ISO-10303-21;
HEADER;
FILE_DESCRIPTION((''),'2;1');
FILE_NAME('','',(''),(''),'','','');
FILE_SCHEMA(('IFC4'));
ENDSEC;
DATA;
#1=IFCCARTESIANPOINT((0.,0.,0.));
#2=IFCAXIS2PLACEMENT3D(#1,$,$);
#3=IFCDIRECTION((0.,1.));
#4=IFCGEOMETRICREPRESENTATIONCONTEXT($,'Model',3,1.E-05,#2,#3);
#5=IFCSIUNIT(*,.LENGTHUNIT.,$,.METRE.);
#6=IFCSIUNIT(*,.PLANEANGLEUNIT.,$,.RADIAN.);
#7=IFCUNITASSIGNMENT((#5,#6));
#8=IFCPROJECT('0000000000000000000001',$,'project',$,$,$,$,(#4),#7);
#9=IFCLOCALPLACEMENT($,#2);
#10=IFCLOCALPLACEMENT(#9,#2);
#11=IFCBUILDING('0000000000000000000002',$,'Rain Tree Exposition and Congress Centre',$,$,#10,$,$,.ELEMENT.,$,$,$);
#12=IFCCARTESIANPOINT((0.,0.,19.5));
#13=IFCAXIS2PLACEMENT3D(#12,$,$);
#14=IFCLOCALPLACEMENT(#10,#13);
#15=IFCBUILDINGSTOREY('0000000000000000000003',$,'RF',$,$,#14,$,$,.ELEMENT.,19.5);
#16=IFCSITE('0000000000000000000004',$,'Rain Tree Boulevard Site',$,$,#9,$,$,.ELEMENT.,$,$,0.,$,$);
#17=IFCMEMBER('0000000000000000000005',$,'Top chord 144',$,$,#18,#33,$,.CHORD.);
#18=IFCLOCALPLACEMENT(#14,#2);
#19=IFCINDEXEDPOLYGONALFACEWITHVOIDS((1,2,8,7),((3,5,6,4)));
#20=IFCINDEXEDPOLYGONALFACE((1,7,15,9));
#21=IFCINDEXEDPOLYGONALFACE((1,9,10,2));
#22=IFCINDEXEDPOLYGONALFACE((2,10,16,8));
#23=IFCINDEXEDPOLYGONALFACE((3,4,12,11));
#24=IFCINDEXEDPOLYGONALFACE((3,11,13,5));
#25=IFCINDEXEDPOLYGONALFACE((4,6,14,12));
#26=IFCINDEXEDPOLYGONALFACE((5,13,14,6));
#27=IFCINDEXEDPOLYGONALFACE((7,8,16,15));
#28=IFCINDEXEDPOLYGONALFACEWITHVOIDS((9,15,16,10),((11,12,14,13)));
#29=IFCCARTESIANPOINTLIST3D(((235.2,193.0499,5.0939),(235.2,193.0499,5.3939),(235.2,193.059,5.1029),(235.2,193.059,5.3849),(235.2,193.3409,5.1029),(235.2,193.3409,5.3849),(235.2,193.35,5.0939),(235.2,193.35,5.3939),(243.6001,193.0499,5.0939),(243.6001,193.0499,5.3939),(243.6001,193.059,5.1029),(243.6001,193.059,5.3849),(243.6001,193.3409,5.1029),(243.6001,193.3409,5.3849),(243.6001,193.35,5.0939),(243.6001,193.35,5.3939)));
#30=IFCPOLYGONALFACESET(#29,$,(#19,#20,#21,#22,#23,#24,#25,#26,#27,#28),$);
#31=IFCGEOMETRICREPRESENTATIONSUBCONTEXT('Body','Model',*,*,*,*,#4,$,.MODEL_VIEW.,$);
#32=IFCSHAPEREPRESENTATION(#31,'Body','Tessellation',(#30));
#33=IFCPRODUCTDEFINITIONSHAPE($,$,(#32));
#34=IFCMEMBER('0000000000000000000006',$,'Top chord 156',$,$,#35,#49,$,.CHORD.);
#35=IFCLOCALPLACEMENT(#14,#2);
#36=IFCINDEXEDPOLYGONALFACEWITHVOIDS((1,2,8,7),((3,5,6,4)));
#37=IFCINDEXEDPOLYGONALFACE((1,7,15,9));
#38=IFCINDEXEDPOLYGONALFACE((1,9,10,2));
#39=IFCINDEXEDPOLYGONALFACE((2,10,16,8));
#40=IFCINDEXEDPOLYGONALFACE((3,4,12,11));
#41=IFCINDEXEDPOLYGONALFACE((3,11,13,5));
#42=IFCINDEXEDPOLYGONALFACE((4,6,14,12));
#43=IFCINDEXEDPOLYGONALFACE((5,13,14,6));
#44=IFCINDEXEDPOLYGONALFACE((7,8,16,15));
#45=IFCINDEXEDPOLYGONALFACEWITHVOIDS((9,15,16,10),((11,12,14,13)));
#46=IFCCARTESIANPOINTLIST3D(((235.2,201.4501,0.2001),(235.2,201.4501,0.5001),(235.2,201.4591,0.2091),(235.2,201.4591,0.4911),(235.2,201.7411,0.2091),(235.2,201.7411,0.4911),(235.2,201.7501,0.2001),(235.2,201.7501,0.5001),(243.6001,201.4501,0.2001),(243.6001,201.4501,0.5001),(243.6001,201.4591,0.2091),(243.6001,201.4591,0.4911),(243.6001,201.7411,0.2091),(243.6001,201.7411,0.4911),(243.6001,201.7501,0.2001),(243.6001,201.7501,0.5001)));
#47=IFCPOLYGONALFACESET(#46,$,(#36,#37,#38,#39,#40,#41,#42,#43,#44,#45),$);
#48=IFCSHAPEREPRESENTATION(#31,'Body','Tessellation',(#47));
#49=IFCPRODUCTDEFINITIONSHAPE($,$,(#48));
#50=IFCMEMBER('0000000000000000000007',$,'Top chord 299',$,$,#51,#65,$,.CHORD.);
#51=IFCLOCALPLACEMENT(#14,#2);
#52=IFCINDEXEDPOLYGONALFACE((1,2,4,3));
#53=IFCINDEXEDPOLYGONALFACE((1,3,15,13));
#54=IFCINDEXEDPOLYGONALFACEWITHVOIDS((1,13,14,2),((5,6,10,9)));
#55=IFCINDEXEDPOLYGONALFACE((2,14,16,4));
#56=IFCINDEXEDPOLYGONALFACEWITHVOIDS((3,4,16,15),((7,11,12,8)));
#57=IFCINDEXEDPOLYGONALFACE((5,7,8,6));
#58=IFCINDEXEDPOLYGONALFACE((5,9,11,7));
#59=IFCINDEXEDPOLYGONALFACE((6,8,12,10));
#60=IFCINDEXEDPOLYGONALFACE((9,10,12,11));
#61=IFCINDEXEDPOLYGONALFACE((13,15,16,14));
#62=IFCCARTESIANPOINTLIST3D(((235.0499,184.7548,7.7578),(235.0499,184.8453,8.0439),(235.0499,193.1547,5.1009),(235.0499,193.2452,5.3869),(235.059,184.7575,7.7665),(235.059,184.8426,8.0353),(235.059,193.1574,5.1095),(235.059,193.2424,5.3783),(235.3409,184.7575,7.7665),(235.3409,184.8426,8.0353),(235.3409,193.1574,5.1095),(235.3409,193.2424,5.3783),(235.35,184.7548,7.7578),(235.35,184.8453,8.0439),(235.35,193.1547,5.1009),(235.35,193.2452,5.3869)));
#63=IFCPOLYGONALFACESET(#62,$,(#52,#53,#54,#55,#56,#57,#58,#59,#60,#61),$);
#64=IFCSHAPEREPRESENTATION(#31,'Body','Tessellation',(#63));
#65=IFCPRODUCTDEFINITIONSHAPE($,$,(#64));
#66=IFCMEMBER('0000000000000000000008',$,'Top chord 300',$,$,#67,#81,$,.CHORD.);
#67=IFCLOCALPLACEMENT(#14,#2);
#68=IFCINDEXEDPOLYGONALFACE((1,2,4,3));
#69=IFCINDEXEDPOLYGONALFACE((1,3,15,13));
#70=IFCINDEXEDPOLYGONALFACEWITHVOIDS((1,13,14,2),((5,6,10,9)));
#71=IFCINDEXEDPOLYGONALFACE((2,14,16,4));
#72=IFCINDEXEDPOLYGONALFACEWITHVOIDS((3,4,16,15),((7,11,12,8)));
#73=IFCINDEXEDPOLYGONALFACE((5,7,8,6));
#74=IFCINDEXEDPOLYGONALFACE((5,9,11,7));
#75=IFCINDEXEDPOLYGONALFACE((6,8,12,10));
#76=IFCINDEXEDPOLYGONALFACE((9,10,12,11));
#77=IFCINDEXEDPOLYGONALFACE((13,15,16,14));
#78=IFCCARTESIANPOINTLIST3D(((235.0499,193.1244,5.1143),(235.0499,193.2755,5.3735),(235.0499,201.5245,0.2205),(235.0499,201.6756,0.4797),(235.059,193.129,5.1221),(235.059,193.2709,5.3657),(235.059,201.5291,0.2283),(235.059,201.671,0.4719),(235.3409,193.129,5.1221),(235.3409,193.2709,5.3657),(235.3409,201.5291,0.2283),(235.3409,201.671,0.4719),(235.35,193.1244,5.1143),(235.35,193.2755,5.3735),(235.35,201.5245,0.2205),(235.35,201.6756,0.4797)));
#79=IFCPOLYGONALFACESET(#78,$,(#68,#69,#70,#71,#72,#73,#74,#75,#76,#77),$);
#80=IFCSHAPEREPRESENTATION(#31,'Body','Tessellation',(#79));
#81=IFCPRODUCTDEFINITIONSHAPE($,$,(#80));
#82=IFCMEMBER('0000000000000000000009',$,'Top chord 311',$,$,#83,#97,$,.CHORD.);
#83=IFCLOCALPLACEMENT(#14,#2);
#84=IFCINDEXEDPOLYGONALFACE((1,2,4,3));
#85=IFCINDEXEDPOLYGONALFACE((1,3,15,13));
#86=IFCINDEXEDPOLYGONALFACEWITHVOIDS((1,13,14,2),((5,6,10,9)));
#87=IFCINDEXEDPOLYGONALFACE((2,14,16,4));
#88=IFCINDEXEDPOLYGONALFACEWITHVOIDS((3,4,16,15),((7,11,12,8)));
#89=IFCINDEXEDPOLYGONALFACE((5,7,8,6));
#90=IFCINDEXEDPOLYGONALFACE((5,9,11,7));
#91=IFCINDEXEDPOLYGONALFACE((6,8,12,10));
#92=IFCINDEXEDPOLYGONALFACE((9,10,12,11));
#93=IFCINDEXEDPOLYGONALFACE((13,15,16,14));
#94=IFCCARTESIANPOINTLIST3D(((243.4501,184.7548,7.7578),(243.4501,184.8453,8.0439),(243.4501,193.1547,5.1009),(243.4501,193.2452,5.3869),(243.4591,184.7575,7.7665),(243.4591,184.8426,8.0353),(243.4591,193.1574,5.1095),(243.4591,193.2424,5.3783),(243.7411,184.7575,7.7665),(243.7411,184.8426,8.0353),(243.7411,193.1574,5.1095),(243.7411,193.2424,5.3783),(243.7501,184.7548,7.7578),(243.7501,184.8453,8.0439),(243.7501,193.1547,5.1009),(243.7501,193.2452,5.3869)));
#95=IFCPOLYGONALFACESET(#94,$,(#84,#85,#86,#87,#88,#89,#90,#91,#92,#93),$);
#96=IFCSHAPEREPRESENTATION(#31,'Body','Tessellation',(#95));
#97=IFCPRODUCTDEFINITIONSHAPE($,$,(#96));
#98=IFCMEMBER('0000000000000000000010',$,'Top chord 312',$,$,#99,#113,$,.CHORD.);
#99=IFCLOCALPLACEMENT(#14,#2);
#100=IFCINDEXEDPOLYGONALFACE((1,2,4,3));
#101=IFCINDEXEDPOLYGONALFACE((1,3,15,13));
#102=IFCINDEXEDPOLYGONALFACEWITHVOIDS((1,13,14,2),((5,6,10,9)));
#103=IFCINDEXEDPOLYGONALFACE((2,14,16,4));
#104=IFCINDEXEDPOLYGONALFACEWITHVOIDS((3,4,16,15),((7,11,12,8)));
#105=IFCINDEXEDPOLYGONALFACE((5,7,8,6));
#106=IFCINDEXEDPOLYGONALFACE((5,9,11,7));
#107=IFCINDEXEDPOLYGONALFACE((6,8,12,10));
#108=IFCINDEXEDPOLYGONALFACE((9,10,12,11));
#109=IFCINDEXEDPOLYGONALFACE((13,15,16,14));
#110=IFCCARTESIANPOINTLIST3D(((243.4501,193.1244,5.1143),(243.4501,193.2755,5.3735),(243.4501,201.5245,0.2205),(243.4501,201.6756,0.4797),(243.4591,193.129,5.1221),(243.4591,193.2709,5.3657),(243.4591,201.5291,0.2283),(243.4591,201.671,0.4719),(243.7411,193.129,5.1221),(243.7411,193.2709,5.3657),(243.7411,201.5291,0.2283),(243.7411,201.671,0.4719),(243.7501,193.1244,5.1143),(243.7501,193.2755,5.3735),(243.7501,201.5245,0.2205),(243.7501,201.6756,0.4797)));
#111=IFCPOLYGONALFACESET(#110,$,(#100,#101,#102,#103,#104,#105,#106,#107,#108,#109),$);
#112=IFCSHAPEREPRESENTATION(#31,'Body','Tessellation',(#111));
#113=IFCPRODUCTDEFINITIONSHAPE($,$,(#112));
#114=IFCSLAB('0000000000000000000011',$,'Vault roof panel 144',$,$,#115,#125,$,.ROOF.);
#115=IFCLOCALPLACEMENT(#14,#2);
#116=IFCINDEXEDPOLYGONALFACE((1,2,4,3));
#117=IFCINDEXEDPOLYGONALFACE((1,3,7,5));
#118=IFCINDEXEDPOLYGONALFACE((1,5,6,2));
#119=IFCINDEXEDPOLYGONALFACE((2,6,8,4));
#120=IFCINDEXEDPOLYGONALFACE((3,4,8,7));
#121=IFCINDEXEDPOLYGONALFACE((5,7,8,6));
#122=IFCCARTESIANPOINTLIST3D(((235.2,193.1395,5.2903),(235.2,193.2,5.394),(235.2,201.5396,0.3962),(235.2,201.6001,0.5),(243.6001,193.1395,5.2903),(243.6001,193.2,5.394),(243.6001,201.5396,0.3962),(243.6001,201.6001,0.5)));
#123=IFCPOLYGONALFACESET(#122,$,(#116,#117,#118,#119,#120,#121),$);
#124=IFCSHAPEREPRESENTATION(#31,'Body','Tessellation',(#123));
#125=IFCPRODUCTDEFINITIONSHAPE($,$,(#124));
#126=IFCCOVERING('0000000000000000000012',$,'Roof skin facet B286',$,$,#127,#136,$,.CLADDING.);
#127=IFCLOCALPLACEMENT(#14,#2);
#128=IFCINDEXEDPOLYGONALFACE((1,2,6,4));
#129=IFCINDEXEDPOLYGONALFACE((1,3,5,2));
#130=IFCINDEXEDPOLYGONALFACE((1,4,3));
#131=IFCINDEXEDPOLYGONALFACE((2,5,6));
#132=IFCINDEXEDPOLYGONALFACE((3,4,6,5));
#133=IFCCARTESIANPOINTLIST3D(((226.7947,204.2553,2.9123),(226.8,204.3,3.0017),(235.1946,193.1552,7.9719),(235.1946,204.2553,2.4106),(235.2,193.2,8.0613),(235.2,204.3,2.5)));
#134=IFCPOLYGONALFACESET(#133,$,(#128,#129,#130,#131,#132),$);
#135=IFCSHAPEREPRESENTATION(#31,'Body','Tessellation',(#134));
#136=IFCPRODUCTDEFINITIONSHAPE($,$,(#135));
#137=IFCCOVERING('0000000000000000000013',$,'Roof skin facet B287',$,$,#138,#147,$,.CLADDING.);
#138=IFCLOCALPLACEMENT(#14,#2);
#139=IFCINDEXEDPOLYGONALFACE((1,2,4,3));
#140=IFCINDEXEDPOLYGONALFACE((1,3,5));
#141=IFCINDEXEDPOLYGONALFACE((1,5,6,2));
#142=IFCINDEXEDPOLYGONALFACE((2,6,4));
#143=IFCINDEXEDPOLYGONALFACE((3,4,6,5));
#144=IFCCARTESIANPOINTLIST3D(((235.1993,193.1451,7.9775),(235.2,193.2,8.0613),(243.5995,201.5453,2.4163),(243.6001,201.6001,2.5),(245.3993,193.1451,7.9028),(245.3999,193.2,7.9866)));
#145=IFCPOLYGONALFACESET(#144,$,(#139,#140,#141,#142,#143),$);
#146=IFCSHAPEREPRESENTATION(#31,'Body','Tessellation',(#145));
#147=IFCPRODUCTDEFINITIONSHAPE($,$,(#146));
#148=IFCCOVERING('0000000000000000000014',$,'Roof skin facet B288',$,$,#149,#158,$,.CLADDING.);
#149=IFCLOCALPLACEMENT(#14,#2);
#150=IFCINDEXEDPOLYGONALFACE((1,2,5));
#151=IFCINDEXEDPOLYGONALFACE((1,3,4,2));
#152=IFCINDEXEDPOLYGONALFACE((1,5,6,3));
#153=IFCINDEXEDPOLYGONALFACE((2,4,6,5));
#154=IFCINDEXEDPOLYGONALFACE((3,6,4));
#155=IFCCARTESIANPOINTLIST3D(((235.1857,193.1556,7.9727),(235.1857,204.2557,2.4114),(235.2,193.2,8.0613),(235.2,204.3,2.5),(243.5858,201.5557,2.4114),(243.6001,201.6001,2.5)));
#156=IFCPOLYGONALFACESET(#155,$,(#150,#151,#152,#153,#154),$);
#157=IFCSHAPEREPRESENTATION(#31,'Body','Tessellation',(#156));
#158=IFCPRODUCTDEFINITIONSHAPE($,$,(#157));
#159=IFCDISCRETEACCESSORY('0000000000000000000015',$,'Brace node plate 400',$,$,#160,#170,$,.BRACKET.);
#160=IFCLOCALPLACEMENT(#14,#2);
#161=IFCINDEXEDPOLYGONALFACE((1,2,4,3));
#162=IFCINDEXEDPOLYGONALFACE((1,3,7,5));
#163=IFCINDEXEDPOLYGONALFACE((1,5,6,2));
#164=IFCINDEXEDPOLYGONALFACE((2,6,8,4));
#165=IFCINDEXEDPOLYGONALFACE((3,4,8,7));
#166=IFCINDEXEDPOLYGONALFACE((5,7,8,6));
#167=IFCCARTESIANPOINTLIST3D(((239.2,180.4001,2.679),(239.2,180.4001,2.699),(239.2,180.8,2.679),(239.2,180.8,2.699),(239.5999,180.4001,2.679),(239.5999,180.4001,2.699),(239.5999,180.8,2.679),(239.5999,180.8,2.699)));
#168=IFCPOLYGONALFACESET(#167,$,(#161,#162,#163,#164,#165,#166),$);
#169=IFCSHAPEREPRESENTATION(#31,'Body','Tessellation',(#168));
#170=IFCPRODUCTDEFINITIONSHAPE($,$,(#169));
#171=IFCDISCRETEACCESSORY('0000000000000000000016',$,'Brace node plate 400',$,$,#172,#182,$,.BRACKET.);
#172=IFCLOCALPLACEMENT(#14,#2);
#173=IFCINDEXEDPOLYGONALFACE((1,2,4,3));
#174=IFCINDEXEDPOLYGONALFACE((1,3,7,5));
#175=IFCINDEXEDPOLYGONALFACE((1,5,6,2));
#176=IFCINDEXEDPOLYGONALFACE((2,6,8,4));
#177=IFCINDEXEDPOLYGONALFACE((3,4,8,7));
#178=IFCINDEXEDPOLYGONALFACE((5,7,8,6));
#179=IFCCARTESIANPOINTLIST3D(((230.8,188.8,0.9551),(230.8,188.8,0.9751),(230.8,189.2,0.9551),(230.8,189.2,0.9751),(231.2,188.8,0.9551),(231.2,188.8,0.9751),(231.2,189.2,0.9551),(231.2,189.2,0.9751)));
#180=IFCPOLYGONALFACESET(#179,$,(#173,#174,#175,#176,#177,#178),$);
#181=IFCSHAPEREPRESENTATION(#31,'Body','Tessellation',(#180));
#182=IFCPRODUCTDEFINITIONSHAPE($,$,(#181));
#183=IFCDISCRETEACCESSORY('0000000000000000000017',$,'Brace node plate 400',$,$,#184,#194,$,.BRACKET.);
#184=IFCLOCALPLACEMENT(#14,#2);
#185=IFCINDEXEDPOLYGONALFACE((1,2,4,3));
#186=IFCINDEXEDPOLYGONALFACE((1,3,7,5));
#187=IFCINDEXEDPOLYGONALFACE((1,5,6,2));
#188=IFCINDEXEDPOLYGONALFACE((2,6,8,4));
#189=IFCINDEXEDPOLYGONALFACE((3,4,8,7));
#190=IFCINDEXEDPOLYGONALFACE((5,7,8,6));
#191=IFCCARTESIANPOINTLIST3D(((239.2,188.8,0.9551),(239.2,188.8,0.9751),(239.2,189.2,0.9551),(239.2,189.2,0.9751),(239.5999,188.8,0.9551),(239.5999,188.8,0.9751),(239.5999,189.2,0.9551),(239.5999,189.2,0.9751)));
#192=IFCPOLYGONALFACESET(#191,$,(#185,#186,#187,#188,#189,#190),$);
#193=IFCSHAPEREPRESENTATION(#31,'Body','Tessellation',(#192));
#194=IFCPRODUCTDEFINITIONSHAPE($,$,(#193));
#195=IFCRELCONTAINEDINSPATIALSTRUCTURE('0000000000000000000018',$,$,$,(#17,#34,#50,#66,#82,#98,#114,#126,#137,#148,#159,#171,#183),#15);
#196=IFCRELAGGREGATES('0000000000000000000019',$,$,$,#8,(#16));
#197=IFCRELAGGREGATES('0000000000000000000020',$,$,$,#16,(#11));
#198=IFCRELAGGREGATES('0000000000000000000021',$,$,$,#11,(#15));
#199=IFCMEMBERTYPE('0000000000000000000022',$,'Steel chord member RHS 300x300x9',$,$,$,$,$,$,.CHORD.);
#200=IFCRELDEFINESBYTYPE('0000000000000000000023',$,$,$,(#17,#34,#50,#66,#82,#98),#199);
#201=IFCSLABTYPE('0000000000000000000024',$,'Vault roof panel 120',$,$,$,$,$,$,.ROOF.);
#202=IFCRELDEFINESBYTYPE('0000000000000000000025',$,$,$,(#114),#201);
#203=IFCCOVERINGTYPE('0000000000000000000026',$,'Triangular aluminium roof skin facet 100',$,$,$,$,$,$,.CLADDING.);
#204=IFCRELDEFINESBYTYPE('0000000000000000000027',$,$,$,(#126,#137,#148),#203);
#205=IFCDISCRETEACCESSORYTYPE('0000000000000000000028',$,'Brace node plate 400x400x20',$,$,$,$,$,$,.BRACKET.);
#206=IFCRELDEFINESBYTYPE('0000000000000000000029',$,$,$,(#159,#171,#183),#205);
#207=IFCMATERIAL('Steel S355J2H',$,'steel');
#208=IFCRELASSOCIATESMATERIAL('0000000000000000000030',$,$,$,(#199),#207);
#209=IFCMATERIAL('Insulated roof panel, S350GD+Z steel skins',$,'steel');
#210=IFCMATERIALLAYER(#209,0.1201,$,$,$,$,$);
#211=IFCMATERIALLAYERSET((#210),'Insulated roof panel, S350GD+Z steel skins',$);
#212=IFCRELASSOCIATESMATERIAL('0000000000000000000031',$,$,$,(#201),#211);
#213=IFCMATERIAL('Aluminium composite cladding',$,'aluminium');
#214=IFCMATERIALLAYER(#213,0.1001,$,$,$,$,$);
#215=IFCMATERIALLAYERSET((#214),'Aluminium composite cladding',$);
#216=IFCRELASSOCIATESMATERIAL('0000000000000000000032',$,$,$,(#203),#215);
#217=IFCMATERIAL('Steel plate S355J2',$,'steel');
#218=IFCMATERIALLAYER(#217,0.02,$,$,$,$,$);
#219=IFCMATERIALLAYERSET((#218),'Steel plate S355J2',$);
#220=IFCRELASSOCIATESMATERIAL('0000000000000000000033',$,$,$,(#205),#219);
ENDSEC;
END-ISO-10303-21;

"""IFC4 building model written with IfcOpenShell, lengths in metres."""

from ifc_helpers import new_model, si_unit, direction, frame, origin, origin_2d, place, context, subcontext, project, spatial, polyline, rectangle, hollow_rectangle, outline, extrude, material, layer, layer_set, material_profile, profile_set, type_object, element, save


model = new_model("IFC4")

# Units and contexts
model_context = context("Model", 3, precision=1e-05, world=origin(), true_north=direction((0.0, 1.0)))
body_context = subcontext(model_context, "Body", "Model", "MODEL_VIEW")
ifc_project = project(units=[si_unit("LENGTHUNIT", "METRE"), si_unit("PLANEANGLEUNIT", "RADIAN")], contexts=[model_context])

# Site, building, storey
site_placement = place(None, origin())
site = spatial("IfcSite", under=ifc_project, at=site_placement, Name="Rain Tree Boulevard Site", CompositionType="ELEMENT", RefElevation=0.0)
building_placement = place(site_placement, origin())
building = spatial("IfcBuilding", under=site, at=building_placement, Name="Rain Tree Exposition and Congress Centre", CompositionType="ELEMENT")
storey_placement = place(building_placement, frame((0.0, 0.0, 19.5)))
storey = spatial("IfcBuildingStorey", under=building, at=storey_placement, Name="RF", CompositionType="ELEMENT", Elevation=19.5)

# Members
ifc_material_1 = material(Name="Steel S355J2H", Category="steel")
ifc_material_profile_1 = material_profile(ifc_material_1, hollow_rectangle(XDim=0.3, YDim=0.3, WallThickness=0.009, at=origin_2d()), Name="RHS 300x300x9")
ifc_profile_set_1 = profile_set([ifc_material_profile_1], Name="Steel S355J2H")
member_type_1 = type_object("IfcMemberType", Name="Steel chord member RHS 300x300x9", PredefinedType="CHORD", material=ifc_profile_set_1)
for number, where, z_axis, x_axis, name in (
    (1, (235.2, 193.2, 5.2439), (1.0, 0.0, 0.0), (0.0, 1.0, 0.0), "Top chord 144"),
    (2, (235.2, 201.6001, 0.3501), (1.0, 0.0, 0.0), (0.0, 1.0, 0.0), "Top chord 156"),
):
    element("IfcMember", number, at=place(storey_placement, frame(where, z_axis=z_axis, x_axis=x_axis)), inside=storey, type_object=member_type_1, Name=name, PredefinedType="CHORD", context=body_context, shape_type="SweptSolid", body=[
        extrude(hollow_rectangle(XDim=0.3, YDim=0.3, WallThickness=0.009, at=origin_2d()), origin(), (0.0, 0.0, 1.0), 8.4001),
    ])
member_1_placement = place(storey_placement, frame((235.2, 184.8, 7.9009), z_axis=(0.0, 0.95344, -0.301584), x_axis=(-1.0, 0.0, 0.0)))
element("IfcMember", 3, at=member_1_placement, inside=storey, type_object=member_type_1, Name="Top chord 299", PredefinedType="CHORD", context=body_context, shape_type="SweptSolid", body=[
    extrude(hollow_rectangle(XDim=0.3, YDim=0.3, WallThickness=0.009, at=origin_2d()), origin(), (0.0, 0.0, 1.0), 8.8101),
])
member_2_placement = place(storey_placement, frame((235.2, 193.2, 5.2439), z_axis=(0.0, 0.86406, -0.503388), x_axis=(-1.0, 0.0, 0.0)))
element("IfcMember", 4, at=member_2_placement, inside=storey, type_object=member_type_1, Name="Top chord 300", PredefinedType="CHORD", context=body_context, shape_type="SweptSolid", body=[
    extrude(hollow_rectangle(XDim=0.3, YDim=0.3, WallThickness=0.009, at=origin_2d()), origin(), (0.0, 0.0, 1.0), 9.7217),
])
member_3_placement = place(storey_placement, frame((243.6001, 184.8, 7.9009), z_axis=(0.0, 0.95344, -0.301584), x_axis=(-1.0, 0.0, 0.0)))
element("IfcMember", 5, at=member_3_placement, inside=storey, type_object=member_type_1, Name="Top chord 311", PredefinedType="CHORD", context=body_context, shape_type="SweptSolid", body=[
    extrude(hollow_rectangle(XDim=0.3, YDim=0.3, WallThickness=0.009, at=origin_2d()), origin(), (0.0, 0.0, 1.0), 8.8101),
])
member_4_placement = place(storey_placement, frame((243.6001, 193.2, 5.2439), z_axis=(0.0, 0.86406, -0.503388), x_axis=(-1.0, 0.0, 0.0)))
element("IfcMember", 6, at=member_4_placement, inside=storey, type_object=member_type_1, Name="Top chord 312", PredefinedType="CHORD", context=body_context, shape_type="SweptSolid", body=[
    extrude(hollow_rectangle(XDim=0.3, YDim=0.3, WallThickness=0.009, at=origin_2d()), origin(), (0.0, 0.0, 1.0), 9.7217),
])

# Slab
ifc_material_2 = material(Name="Insulated roof panel, S350GD+Z steel skins", Category="steel")
ifc_layer_1 = layer(ifc_material_2, 0.1201)
ifc_layer_set_1 = layer_set([ifc_layer_1], Name="Insulated roof panel, S350GD+Z steel skins")
slab_type = type_object("IfcSlabType", Name="Vault roof panel 120", PredefinedType="ROOF", material=ifc_layer_set_1)
slab_placement = place(storey_placement, frame((235.2, 193.2, 5.394), z_axis=(0.0, 0.503407, 0.864049), x_axis=(1.0, 0.0, 0.0)))
element("IfcSlab", 7, at=slab_placement, inside=storey, type_object=slab_type, Name="Vault roof panel 144", PredefinedType="ROOF", context=body_context, shape_type="SweptSolid", body=[
    extrude(outline(polyline([(0.0, 0.0), (8.4001, 0.0), (8.4001, 9.7218), (0.0, 9.7218), (0.0, 0.0)])), origin(), (0.0, 0.0, -1.0), 0.1201),
])

# Coverings
ifc_material_3 = material(Name="Aluminium composite cladding", Category="aluminium")
ifc_layer_2 = layer(ifc_material_3, 0.1001)
ifc_layer_set_2 = layer_set([ifc_layer_2], Name="Aluminium composite cladding")
covering_type = type_object("IfcCoveringType", Name="Triangular aluminium roof skin facet 100", PredefinedType="CLADDING", material=ifc_layer_set_2)
covering_1_placement = place(storey_placement, frame((235.2, 193.2, 8.0613), z_axis=(0.053325, 0.4473, 0.892793), x_axis=(0.0, 0.894065, -0.447937)))
element("IfcCovering", 8, at=covering_1_placement, inside=storey, type_object=covering_type, Name="Roof skin facet B286", PredefinedType="CLADDING", context=body_context, shape_type="SweptSolid", body=[
    extrude(outline(polyline([(0.0, 0.0), (12.4153, 0.0), (12.1906, 8.4119), (0.0, 0.0)])), origin(), (0.0, 0.0, -1.0), 0.1001),
])
covering_2_placement = place(storey_placement, frame((235.2, 193.2, 8.0613), z_axis=(0.006128, 0.547752, 0.836618), x_axis=(0.999973, 0.0, -0.007324)))
element("IfcCovering", 9, at=covering_2_placement, inside=storey, type_object=covering_type, Name="Roof skin facet B287", PredefinedType="CLADDING", context=body_context, shape_type="SweptSolid", body=[
    extrude(outline(polyline([(0.0, 0.0), (10.2002, 0.0), (8.4407, 10.0403), (0.0, 0.0)])), origin(), (0.0, 0.0, -1.0), 0.1001),
])
covering_3_placement = place(storey_placement, frame((235.2, 193.2, 8.0613), z_axis=(0.142505, 0.443365, 0.88494), x_axis=(0.640407, 0.640407, -0.423979)))
element("IfcCovering", 10, at=covering_3_placement, inside=storey, type_object=covering_type, Name="Roof skin facet B288", PredefinedType="CLADDING", context=body_context, shape_type="SweptSolid", body=[
    extrude(outline(polyline([(0.0, 0.0), (13.1169, 0.0), (9.4664, 8.0328), (0.0, 0.0)])), origin(), (0.0, 0.0, -1.0), 0.1001),
])

# Discrete accessories
ifc_material_4 = material(Name="Steel plate S355J2", Category="steel")
ifc_layer_3 = layer(ifc_material_4, 0.02)
ifc_layer_set_3 = layer_set([ifc_layer_3], Name="Steel plate S355J2")
discrete_accessory_type_1 = type_object("IfcDiscreteAccessoryType", Name="Brace node plate 400x400x20", PredefinedType="BRACKET", material=ifc_layer_set_3)
for number, where, z_axis, x_axis, name in (
    (11, (239.3999, 180.6001, 2.679), (0.0, 0.0, 1.0), (1.0, 0.0, 0.0), "Brace node plate 400"),
    (12, (231.0, 189.0, 0.9551), (0.0, 0.0, 1.0), (1.0, 0.0, 0.0), "Brace node plate 400"),
    (13, (239.3999, 189.0, 0.9551), (0.0, 0.0, 1.0), (1.0, 0.0, 0.0), "Brace node plate 400"),
):
    element("IfcDiscreteAccessory", number, at=place(storey_placement, frame(where, z_axis=z_axis, x_axis=x_axis)), inside=storey, type_object=discrete_accessory_type_1, Name=name, PredefinedType="BRACKET", context=body_context, shape_type="SweptSolid", body=[
        extrude(rectangle(XDim=0.3999, YDim=0.3999, at=origin_2d()), origin(), (0.0, 0.0, 1.0), 0.02),
    ])

save(model, "model.ifc")
